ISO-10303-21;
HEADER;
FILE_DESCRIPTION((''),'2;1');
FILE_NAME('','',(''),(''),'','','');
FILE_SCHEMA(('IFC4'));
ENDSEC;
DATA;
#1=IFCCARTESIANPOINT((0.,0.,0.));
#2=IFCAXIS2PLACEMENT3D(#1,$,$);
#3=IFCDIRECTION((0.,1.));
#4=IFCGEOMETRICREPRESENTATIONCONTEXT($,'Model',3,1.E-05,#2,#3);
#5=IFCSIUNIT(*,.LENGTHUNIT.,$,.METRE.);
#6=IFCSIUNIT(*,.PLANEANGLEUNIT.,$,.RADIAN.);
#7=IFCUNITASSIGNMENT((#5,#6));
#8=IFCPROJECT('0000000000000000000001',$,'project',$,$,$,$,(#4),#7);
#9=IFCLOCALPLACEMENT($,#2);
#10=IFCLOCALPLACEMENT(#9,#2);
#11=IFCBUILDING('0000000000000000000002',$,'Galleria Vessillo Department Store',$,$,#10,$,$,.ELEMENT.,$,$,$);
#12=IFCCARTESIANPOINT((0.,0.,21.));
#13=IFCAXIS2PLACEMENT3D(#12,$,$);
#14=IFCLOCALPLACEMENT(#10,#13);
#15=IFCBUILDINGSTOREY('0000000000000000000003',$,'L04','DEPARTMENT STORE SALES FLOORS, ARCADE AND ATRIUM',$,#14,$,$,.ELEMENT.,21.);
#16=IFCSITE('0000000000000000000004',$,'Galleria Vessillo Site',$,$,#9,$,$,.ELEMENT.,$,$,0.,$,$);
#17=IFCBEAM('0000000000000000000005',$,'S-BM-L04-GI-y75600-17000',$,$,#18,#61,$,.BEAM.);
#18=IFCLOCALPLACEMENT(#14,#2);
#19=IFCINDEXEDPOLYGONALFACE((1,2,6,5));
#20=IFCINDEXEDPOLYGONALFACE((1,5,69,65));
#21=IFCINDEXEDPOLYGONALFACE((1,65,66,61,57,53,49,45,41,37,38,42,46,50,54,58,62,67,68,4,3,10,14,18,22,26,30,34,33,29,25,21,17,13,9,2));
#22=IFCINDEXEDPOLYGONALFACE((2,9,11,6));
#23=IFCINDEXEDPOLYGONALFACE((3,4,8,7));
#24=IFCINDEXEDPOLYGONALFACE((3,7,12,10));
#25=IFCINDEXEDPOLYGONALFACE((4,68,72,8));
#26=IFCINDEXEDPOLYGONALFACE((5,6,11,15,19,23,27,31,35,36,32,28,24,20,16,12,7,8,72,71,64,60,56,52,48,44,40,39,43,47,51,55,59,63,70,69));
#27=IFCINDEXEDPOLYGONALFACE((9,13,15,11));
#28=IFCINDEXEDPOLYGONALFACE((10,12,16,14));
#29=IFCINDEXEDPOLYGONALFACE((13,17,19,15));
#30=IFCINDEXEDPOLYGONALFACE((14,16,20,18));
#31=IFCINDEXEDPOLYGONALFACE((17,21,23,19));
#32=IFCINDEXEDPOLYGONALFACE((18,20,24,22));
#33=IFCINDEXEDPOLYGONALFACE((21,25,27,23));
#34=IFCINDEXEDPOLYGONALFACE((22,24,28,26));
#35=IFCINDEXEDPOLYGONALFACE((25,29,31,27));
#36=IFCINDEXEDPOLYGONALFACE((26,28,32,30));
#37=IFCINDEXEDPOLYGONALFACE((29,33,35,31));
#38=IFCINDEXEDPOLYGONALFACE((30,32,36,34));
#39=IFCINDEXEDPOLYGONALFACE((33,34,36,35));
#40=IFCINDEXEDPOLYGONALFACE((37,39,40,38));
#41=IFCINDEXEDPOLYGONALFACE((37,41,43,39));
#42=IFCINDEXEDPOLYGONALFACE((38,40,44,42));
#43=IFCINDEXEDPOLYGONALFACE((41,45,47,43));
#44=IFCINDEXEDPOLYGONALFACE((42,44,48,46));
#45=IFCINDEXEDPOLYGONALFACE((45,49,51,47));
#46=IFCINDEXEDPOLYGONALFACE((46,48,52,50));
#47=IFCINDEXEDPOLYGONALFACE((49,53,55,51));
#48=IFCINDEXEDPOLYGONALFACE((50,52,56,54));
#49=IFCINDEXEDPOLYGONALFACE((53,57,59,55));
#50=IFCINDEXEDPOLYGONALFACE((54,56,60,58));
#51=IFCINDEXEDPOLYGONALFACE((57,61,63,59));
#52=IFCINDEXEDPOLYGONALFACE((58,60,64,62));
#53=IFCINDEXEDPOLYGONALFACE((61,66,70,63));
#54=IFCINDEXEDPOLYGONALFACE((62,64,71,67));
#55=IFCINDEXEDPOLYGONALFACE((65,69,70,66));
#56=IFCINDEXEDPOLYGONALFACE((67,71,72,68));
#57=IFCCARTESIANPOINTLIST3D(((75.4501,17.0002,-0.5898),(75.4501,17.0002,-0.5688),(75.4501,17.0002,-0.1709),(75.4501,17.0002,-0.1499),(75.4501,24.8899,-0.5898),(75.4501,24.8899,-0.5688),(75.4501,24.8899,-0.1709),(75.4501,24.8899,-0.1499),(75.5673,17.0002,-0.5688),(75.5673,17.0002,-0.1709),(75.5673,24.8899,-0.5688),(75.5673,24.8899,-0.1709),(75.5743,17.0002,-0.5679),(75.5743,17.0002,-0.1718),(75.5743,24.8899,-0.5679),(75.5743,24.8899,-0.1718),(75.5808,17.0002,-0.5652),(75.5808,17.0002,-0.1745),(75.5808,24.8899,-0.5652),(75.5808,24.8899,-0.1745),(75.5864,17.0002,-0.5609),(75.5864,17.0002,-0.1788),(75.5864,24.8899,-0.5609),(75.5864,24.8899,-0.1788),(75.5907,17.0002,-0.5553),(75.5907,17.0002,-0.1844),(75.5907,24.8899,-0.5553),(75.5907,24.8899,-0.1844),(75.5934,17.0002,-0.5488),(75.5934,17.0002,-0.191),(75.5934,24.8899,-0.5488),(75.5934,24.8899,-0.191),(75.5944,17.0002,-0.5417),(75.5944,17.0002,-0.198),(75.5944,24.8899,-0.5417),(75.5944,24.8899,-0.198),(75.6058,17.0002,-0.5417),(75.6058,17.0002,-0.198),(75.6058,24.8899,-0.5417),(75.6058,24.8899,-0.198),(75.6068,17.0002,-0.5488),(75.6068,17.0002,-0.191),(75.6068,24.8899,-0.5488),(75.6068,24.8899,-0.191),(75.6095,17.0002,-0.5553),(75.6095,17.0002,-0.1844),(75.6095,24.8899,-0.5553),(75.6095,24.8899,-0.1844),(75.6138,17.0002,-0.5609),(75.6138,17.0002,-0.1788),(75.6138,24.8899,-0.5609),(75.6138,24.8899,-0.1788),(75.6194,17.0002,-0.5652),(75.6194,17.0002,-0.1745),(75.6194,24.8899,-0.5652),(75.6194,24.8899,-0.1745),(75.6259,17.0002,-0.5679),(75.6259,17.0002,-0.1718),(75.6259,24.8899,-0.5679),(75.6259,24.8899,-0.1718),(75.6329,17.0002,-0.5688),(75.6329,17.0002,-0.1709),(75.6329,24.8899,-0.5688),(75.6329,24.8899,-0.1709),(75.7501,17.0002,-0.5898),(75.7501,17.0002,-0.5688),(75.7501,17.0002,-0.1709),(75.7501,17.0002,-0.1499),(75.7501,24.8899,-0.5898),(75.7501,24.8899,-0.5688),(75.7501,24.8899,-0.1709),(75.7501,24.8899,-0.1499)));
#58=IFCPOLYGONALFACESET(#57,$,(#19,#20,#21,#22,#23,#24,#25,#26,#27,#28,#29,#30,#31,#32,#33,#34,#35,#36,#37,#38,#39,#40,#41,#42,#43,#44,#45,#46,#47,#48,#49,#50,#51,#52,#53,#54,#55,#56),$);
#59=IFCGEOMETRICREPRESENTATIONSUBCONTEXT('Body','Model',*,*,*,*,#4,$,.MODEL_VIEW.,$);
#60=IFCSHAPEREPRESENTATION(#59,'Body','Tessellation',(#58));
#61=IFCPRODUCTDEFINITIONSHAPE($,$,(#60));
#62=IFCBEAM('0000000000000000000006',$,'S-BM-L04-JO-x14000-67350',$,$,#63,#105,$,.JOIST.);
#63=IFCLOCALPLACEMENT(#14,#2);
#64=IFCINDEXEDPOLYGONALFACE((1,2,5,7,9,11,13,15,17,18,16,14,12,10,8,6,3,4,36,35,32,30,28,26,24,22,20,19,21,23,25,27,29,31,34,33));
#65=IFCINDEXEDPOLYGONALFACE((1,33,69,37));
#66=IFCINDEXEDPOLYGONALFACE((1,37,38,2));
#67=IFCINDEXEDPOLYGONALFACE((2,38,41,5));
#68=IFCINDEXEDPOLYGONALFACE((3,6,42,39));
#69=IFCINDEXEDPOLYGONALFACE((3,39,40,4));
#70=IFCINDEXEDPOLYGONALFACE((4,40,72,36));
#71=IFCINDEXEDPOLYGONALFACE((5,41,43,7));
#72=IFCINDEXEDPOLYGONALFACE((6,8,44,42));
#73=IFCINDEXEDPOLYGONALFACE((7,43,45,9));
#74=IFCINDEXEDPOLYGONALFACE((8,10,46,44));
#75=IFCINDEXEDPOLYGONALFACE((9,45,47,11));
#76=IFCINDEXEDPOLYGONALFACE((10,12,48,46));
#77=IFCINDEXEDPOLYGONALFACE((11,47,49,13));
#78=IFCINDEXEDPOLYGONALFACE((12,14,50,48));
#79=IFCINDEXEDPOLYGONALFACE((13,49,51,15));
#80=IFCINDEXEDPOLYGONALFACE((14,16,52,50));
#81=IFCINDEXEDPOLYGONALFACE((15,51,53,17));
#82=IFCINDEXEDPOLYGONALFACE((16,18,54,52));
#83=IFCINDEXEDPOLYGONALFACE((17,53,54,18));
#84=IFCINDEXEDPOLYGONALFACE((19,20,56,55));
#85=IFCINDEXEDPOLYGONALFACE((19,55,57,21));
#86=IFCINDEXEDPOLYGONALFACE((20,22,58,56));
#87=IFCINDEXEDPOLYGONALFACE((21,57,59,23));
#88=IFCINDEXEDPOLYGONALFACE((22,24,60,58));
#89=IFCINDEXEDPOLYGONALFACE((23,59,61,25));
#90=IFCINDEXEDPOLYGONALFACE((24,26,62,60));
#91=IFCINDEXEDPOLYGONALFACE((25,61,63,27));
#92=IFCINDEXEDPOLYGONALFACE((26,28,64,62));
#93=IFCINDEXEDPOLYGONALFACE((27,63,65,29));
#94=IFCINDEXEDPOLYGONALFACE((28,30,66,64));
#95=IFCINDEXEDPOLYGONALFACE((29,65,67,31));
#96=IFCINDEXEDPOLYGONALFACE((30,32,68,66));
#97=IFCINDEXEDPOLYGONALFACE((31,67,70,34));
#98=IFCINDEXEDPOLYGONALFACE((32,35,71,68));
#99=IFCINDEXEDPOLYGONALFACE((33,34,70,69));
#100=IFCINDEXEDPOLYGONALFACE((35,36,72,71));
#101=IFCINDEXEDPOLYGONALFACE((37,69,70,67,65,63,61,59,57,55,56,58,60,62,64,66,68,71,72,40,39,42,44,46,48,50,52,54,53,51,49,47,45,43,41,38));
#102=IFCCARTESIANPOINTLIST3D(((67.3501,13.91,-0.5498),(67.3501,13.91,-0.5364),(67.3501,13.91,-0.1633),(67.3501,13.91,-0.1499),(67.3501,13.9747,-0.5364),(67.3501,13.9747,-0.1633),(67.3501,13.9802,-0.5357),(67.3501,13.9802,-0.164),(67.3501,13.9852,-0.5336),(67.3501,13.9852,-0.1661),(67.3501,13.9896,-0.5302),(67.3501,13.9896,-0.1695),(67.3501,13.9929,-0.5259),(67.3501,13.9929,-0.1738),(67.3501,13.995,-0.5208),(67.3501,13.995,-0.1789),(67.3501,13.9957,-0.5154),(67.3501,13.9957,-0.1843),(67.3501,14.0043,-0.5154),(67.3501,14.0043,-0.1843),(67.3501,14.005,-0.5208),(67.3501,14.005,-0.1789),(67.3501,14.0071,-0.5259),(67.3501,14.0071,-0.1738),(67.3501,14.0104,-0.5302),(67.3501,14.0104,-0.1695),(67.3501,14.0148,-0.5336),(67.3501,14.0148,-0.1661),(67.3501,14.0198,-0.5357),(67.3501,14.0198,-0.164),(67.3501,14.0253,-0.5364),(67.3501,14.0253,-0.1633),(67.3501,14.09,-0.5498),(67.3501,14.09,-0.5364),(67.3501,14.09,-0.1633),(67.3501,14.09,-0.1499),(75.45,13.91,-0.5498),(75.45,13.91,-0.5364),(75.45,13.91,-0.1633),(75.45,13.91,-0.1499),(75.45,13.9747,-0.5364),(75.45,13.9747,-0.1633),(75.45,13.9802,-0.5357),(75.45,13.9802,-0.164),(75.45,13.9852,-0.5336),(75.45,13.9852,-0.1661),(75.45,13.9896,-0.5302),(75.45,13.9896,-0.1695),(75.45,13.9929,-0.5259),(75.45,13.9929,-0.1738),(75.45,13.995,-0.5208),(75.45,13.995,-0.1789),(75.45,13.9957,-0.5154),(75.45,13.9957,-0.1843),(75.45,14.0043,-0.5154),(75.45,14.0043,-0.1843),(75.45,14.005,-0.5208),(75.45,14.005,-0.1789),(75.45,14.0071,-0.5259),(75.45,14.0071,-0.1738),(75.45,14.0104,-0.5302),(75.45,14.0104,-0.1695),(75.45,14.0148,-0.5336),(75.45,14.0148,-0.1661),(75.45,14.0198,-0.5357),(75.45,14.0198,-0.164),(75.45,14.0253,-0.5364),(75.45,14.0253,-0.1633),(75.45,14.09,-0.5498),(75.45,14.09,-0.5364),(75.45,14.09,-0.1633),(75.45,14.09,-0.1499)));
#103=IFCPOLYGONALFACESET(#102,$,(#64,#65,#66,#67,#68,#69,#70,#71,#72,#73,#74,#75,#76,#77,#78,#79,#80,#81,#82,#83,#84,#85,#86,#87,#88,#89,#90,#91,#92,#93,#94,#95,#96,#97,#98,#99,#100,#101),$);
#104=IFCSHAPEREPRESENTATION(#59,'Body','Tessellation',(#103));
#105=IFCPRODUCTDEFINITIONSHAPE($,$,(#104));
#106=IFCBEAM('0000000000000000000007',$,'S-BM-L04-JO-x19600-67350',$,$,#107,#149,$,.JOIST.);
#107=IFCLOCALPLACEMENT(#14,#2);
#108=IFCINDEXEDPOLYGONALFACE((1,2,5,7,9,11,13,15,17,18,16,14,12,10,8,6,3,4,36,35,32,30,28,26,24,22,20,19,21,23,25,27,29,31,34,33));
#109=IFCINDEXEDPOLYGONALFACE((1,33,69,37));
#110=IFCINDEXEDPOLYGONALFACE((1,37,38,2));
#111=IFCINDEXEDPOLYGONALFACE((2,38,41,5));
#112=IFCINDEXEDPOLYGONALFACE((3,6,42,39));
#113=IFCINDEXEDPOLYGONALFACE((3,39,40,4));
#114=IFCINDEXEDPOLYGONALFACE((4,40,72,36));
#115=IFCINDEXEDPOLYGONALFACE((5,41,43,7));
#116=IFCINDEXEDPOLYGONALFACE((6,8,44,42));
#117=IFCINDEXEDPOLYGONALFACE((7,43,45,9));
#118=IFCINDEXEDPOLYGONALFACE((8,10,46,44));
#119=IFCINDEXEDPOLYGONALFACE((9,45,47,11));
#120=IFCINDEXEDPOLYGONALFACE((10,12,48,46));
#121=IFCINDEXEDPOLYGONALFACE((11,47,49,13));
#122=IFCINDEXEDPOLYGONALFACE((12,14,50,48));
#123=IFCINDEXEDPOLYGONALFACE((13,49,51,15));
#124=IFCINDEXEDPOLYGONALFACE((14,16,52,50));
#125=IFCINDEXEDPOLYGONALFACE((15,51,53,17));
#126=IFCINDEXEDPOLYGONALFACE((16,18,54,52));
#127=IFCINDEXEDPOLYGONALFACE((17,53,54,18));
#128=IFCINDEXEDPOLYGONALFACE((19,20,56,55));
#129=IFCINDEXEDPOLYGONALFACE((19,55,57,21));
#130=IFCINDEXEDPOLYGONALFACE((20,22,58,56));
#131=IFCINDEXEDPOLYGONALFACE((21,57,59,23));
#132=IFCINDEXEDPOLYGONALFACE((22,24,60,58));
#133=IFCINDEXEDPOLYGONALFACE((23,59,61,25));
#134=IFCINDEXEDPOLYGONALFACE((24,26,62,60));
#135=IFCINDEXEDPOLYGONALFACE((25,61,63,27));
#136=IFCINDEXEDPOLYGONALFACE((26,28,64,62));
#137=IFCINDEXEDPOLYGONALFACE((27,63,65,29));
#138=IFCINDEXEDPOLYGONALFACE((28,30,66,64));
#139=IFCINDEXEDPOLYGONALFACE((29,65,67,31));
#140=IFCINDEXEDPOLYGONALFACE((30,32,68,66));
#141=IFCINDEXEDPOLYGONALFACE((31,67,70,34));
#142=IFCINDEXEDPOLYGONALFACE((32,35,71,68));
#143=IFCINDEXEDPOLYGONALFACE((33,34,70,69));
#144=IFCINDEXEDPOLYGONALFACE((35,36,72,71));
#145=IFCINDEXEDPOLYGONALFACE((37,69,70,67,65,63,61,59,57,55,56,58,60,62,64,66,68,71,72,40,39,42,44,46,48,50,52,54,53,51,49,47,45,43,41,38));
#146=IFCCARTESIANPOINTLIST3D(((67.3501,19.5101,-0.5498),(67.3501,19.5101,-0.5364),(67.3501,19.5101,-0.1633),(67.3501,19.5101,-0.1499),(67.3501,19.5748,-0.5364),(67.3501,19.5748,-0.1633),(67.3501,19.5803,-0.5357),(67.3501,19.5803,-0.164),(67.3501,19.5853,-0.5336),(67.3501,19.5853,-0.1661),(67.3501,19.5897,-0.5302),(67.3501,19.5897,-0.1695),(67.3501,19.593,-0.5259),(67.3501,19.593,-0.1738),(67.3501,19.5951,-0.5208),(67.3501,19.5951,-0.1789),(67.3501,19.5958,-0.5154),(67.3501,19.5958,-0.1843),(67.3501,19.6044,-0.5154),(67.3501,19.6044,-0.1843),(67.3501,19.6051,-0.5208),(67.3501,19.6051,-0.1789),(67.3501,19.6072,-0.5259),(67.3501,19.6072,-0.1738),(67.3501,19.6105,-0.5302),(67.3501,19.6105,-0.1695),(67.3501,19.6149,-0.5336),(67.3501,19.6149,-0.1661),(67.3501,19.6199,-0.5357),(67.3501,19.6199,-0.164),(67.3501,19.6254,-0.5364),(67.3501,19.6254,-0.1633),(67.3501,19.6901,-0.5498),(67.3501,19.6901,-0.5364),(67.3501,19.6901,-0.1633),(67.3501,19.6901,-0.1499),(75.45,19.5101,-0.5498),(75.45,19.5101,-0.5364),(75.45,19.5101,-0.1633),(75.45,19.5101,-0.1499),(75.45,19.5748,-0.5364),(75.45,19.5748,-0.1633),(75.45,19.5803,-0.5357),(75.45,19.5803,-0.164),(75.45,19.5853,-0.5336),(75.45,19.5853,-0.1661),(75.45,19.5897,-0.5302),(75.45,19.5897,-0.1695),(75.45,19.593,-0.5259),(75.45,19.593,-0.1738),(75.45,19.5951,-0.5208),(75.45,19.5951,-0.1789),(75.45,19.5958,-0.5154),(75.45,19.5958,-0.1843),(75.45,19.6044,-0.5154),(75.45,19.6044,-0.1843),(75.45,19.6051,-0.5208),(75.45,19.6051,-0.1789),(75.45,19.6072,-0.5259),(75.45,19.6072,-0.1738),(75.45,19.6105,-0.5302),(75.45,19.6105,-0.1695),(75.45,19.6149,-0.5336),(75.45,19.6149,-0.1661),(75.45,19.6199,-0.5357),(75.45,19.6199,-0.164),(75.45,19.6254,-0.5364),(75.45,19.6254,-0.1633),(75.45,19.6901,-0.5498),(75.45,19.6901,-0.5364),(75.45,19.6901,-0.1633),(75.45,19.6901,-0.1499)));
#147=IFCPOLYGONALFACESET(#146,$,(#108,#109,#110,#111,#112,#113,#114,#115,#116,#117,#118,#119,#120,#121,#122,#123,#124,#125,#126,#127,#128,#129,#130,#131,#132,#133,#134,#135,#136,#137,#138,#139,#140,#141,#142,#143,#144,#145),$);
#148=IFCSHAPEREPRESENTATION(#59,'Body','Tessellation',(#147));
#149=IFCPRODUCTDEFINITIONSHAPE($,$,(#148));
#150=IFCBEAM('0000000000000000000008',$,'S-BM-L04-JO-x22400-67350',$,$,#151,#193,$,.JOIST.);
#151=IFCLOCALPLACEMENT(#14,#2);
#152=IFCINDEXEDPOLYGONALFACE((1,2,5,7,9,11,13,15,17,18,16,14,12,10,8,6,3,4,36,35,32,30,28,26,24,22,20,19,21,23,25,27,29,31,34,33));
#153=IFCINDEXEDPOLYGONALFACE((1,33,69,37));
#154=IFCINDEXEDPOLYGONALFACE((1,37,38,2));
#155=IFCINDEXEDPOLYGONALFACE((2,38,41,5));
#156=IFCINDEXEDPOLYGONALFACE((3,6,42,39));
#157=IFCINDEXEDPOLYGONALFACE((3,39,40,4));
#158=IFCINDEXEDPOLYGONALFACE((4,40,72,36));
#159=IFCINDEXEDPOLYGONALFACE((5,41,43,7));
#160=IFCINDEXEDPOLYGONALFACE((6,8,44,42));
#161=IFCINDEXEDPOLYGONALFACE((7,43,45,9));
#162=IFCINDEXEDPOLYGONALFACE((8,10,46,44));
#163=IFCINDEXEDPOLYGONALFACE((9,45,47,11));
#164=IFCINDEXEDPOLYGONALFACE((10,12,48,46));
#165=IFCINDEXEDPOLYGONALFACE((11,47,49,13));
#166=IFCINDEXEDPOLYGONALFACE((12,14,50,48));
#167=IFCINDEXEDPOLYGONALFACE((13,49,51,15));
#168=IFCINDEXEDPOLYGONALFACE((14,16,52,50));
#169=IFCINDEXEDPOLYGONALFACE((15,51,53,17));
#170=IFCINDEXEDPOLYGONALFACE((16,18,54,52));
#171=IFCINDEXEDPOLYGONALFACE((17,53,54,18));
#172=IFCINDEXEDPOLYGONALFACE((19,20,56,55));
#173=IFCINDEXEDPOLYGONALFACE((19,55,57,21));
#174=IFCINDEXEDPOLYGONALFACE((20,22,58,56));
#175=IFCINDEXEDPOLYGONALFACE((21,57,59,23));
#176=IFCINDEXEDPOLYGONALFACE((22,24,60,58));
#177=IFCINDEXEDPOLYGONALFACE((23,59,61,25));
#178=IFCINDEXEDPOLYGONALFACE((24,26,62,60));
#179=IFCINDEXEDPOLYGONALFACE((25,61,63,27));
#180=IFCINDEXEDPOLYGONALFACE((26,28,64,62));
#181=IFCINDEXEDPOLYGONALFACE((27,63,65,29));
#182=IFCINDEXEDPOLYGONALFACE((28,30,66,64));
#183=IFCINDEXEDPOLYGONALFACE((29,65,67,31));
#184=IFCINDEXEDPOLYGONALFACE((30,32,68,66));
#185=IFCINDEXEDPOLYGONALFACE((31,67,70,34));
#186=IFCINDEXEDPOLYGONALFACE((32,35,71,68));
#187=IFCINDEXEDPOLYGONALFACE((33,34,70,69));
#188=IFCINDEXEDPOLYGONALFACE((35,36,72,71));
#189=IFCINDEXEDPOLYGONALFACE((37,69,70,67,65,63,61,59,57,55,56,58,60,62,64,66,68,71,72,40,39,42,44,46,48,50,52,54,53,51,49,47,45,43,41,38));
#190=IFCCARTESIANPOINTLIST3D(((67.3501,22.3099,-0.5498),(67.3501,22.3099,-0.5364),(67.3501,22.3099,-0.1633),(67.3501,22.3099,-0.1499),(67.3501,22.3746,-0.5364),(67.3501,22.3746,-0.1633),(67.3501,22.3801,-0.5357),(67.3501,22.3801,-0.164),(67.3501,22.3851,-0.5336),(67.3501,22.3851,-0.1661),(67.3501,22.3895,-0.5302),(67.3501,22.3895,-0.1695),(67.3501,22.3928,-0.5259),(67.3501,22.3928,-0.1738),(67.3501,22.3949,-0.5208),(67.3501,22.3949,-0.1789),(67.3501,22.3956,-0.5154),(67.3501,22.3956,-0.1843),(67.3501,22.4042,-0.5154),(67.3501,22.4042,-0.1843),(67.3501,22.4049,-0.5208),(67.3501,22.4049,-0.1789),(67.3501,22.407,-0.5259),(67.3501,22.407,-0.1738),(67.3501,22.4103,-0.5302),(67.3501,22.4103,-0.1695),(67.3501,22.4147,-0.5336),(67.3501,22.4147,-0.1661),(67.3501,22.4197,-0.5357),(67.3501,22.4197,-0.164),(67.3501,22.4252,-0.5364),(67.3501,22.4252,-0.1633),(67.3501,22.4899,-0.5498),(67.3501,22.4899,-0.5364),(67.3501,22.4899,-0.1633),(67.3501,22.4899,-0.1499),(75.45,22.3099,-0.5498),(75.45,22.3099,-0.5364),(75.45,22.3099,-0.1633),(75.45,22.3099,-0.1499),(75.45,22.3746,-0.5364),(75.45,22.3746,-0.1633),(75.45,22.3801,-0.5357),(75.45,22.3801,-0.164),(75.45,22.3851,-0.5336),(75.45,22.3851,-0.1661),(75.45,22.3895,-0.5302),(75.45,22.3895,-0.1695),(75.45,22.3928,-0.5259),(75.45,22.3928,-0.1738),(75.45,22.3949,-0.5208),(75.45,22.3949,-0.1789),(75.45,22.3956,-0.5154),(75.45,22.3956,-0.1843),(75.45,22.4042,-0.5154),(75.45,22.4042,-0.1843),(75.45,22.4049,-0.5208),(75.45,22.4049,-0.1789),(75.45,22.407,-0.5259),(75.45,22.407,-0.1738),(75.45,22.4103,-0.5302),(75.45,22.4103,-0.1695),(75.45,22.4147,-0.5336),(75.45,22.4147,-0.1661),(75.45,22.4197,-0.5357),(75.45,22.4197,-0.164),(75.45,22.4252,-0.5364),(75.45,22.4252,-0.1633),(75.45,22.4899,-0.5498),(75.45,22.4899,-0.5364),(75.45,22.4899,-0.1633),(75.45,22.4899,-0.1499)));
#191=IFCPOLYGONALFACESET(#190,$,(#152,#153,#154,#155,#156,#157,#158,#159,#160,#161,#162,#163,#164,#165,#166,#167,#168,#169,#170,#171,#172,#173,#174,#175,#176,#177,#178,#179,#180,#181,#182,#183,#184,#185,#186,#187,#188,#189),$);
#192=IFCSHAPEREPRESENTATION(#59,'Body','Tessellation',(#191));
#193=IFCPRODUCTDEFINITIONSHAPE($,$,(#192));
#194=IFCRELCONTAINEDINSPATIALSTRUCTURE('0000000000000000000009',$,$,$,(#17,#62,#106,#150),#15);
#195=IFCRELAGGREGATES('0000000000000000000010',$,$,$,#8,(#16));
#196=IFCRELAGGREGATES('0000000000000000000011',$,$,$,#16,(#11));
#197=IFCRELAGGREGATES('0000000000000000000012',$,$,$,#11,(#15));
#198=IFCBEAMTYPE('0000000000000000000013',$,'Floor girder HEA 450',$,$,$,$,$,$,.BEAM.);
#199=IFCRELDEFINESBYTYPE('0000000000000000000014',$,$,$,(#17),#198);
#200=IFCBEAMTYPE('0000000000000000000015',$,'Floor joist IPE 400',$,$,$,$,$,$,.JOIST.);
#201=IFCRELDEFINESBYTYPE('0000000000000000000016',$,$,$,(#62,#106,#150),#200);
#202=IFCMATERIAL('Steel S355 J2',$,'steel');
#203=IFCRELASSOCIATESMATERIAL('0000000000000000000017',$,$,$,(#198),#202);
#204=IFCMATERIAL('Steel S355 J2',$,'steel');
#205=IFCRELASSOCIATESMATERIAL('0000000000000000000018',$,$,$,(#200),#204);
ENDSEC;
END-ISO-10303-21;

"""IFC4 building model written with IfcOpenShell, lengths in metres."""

from ifc_helpers import new_model, si_unit, direction, frame, origin, origin_2d, place, context, subcontext, project, spatial, i_section, extrude, material, material_profile, profile_set, type_object, element, save


model = new_model("IFC4")

# Units and contexts
model_context = context("Model", 3, precision=1e-05, world=origin(), true_north=direction((0.0, 1.0)))
body_context = subcontext(model_context, "Body", "Model", "MODEL_VIEW")
ifc_project = project(units=[si_unit("LENGTHUNIT", "METRE"), si_unit("PLANEANGLEUNIT", "RADIAN")], contexts=[model_context])

# Site, building, storey
site_placement = place(None, origin())
site = spatial("IfcSite", under=ifc_project, at=site_placement, Name="Galleria Vessillo Site", CompositionType="ELEMENT", RefElevation=0.0)
building_placement = place(site_placement, origin())
building = spatial("IfcBuilding", under=site, at=building_placement, Name="Galleria Vessillo Department Store", CompositionType="ELEMENT")
storey_placement = place(building_placement, frame((0.0, 0.0, 21.0)))
storey = spatial("IfcBuildingStorey", under=building, at=storey_placement, Name="L04", Description="DEPARTMENT STORE SALES FLOORS, ARCADE AND ATRIUM", CompositionType="ELEMENT", Elevation=21.0)

# Beams
ifc_material_1 = material(Name="Steel S355 J2", Category="steel")
ifc_material_profile_1 = material_profile(ifc_material_1, i_section(OverallWidth=0.3, OverallDepth=0.4399, WebThickness=0.0115, FlangeThickness=0.021, FilletRadius=0.0271, at=origin_2d()), Name="HEA 450")
ifc_profile_set_1 = profile_set([ifc_material_profile_1], Name="Steel S355 J2")
beam_type_1 = type_object("IfcBeamType", Name="Floor girder HEA 450", PredefinedType="BEAM", material=ifc_profile_set_1)
beam_1_placement = place(storey_placement, frame((75.6001, 17.0002, -0.3699), z_axis=(0.0, 1.0, 0.0), x_axis=(-1.0, 0.0, 0.0)))
element("IfcBeam", 1, at=beam_1_placement, inside=storey, type_object=beam_type_1, Name="S-BM-L04-GI-y75600-17000", PredefinedType="BEAM", context=body_context, shape_type="SweptSolid", body=[
    extrude(i_section(OverallWidth=0.3, OverallDepth=0.4399, WebThickness=0.0115, FlangeThickness=0.021, FilletRadius=0.0271, at=origin_2d()), origin(), (0.0, 0.0, 1.0), 7.8896),
])
ifc_material_2 = material(Name="Steel S355 J2", Category="steel")
ifc_material_profile_2 = material_profile(ifc_material_2, i_section(OverallWidth=0.1799, OverallDepth=0.3999, WebThickness=0.0085, FlangeThickness=0.0134, FilletRadius=0.021, at=origin_2d()), Name="IPE 400")
ifc_profile_set_2 = profile_set([ifc_material_profile_2], Name="Steel S355 J2")
beam_type_2 = type_object("IfcBeamType", Name="Floor joist IPE 400", PredefinedType="JOIST", material=ifc_profile_set_2)
for number, where, z_axis, x_axis, name in (
    (2, (67.3501, 14.0, -0.3499), (1.0, 0.0, 0.0), (0.0, 1.0, 0.0), "S-BM-L04-JO-x14000-67350"),
    (3, (67.3501, 19.6001, -0.3499), (1.0, 0.0, 0.0), (0.0, 1.0, 0.0), "S-BM-L04-JO-x19600-67350"),
    (4, (67.3501, 22.3999, -0.3499), (1.0, 0.0, 0.0), (0.0, 1.0, 0.0), "S-BM-L04-JO-x22400-67350"),
):
    element("IfcBeam", number, at=place(storey_placement, frame(where, z_axis=z_axis, x_axis=x_axis)), inside=storey, type_object=beam_type_2, Name=name, PredefinedType="JOIST", context=body_context, shape_type="SweptSolid", body=[
        extrude(i_section(OverallWidth=0.1799, OverallDepth=0.3999, WebThickness=0.0085, FlangeThickness=0.0134, FilletRadius=0.021, at=origin_2d()), origin(), (0.0, 0.0, 1.0), 8.0999),
    ])

save(model, "model.ifc")
